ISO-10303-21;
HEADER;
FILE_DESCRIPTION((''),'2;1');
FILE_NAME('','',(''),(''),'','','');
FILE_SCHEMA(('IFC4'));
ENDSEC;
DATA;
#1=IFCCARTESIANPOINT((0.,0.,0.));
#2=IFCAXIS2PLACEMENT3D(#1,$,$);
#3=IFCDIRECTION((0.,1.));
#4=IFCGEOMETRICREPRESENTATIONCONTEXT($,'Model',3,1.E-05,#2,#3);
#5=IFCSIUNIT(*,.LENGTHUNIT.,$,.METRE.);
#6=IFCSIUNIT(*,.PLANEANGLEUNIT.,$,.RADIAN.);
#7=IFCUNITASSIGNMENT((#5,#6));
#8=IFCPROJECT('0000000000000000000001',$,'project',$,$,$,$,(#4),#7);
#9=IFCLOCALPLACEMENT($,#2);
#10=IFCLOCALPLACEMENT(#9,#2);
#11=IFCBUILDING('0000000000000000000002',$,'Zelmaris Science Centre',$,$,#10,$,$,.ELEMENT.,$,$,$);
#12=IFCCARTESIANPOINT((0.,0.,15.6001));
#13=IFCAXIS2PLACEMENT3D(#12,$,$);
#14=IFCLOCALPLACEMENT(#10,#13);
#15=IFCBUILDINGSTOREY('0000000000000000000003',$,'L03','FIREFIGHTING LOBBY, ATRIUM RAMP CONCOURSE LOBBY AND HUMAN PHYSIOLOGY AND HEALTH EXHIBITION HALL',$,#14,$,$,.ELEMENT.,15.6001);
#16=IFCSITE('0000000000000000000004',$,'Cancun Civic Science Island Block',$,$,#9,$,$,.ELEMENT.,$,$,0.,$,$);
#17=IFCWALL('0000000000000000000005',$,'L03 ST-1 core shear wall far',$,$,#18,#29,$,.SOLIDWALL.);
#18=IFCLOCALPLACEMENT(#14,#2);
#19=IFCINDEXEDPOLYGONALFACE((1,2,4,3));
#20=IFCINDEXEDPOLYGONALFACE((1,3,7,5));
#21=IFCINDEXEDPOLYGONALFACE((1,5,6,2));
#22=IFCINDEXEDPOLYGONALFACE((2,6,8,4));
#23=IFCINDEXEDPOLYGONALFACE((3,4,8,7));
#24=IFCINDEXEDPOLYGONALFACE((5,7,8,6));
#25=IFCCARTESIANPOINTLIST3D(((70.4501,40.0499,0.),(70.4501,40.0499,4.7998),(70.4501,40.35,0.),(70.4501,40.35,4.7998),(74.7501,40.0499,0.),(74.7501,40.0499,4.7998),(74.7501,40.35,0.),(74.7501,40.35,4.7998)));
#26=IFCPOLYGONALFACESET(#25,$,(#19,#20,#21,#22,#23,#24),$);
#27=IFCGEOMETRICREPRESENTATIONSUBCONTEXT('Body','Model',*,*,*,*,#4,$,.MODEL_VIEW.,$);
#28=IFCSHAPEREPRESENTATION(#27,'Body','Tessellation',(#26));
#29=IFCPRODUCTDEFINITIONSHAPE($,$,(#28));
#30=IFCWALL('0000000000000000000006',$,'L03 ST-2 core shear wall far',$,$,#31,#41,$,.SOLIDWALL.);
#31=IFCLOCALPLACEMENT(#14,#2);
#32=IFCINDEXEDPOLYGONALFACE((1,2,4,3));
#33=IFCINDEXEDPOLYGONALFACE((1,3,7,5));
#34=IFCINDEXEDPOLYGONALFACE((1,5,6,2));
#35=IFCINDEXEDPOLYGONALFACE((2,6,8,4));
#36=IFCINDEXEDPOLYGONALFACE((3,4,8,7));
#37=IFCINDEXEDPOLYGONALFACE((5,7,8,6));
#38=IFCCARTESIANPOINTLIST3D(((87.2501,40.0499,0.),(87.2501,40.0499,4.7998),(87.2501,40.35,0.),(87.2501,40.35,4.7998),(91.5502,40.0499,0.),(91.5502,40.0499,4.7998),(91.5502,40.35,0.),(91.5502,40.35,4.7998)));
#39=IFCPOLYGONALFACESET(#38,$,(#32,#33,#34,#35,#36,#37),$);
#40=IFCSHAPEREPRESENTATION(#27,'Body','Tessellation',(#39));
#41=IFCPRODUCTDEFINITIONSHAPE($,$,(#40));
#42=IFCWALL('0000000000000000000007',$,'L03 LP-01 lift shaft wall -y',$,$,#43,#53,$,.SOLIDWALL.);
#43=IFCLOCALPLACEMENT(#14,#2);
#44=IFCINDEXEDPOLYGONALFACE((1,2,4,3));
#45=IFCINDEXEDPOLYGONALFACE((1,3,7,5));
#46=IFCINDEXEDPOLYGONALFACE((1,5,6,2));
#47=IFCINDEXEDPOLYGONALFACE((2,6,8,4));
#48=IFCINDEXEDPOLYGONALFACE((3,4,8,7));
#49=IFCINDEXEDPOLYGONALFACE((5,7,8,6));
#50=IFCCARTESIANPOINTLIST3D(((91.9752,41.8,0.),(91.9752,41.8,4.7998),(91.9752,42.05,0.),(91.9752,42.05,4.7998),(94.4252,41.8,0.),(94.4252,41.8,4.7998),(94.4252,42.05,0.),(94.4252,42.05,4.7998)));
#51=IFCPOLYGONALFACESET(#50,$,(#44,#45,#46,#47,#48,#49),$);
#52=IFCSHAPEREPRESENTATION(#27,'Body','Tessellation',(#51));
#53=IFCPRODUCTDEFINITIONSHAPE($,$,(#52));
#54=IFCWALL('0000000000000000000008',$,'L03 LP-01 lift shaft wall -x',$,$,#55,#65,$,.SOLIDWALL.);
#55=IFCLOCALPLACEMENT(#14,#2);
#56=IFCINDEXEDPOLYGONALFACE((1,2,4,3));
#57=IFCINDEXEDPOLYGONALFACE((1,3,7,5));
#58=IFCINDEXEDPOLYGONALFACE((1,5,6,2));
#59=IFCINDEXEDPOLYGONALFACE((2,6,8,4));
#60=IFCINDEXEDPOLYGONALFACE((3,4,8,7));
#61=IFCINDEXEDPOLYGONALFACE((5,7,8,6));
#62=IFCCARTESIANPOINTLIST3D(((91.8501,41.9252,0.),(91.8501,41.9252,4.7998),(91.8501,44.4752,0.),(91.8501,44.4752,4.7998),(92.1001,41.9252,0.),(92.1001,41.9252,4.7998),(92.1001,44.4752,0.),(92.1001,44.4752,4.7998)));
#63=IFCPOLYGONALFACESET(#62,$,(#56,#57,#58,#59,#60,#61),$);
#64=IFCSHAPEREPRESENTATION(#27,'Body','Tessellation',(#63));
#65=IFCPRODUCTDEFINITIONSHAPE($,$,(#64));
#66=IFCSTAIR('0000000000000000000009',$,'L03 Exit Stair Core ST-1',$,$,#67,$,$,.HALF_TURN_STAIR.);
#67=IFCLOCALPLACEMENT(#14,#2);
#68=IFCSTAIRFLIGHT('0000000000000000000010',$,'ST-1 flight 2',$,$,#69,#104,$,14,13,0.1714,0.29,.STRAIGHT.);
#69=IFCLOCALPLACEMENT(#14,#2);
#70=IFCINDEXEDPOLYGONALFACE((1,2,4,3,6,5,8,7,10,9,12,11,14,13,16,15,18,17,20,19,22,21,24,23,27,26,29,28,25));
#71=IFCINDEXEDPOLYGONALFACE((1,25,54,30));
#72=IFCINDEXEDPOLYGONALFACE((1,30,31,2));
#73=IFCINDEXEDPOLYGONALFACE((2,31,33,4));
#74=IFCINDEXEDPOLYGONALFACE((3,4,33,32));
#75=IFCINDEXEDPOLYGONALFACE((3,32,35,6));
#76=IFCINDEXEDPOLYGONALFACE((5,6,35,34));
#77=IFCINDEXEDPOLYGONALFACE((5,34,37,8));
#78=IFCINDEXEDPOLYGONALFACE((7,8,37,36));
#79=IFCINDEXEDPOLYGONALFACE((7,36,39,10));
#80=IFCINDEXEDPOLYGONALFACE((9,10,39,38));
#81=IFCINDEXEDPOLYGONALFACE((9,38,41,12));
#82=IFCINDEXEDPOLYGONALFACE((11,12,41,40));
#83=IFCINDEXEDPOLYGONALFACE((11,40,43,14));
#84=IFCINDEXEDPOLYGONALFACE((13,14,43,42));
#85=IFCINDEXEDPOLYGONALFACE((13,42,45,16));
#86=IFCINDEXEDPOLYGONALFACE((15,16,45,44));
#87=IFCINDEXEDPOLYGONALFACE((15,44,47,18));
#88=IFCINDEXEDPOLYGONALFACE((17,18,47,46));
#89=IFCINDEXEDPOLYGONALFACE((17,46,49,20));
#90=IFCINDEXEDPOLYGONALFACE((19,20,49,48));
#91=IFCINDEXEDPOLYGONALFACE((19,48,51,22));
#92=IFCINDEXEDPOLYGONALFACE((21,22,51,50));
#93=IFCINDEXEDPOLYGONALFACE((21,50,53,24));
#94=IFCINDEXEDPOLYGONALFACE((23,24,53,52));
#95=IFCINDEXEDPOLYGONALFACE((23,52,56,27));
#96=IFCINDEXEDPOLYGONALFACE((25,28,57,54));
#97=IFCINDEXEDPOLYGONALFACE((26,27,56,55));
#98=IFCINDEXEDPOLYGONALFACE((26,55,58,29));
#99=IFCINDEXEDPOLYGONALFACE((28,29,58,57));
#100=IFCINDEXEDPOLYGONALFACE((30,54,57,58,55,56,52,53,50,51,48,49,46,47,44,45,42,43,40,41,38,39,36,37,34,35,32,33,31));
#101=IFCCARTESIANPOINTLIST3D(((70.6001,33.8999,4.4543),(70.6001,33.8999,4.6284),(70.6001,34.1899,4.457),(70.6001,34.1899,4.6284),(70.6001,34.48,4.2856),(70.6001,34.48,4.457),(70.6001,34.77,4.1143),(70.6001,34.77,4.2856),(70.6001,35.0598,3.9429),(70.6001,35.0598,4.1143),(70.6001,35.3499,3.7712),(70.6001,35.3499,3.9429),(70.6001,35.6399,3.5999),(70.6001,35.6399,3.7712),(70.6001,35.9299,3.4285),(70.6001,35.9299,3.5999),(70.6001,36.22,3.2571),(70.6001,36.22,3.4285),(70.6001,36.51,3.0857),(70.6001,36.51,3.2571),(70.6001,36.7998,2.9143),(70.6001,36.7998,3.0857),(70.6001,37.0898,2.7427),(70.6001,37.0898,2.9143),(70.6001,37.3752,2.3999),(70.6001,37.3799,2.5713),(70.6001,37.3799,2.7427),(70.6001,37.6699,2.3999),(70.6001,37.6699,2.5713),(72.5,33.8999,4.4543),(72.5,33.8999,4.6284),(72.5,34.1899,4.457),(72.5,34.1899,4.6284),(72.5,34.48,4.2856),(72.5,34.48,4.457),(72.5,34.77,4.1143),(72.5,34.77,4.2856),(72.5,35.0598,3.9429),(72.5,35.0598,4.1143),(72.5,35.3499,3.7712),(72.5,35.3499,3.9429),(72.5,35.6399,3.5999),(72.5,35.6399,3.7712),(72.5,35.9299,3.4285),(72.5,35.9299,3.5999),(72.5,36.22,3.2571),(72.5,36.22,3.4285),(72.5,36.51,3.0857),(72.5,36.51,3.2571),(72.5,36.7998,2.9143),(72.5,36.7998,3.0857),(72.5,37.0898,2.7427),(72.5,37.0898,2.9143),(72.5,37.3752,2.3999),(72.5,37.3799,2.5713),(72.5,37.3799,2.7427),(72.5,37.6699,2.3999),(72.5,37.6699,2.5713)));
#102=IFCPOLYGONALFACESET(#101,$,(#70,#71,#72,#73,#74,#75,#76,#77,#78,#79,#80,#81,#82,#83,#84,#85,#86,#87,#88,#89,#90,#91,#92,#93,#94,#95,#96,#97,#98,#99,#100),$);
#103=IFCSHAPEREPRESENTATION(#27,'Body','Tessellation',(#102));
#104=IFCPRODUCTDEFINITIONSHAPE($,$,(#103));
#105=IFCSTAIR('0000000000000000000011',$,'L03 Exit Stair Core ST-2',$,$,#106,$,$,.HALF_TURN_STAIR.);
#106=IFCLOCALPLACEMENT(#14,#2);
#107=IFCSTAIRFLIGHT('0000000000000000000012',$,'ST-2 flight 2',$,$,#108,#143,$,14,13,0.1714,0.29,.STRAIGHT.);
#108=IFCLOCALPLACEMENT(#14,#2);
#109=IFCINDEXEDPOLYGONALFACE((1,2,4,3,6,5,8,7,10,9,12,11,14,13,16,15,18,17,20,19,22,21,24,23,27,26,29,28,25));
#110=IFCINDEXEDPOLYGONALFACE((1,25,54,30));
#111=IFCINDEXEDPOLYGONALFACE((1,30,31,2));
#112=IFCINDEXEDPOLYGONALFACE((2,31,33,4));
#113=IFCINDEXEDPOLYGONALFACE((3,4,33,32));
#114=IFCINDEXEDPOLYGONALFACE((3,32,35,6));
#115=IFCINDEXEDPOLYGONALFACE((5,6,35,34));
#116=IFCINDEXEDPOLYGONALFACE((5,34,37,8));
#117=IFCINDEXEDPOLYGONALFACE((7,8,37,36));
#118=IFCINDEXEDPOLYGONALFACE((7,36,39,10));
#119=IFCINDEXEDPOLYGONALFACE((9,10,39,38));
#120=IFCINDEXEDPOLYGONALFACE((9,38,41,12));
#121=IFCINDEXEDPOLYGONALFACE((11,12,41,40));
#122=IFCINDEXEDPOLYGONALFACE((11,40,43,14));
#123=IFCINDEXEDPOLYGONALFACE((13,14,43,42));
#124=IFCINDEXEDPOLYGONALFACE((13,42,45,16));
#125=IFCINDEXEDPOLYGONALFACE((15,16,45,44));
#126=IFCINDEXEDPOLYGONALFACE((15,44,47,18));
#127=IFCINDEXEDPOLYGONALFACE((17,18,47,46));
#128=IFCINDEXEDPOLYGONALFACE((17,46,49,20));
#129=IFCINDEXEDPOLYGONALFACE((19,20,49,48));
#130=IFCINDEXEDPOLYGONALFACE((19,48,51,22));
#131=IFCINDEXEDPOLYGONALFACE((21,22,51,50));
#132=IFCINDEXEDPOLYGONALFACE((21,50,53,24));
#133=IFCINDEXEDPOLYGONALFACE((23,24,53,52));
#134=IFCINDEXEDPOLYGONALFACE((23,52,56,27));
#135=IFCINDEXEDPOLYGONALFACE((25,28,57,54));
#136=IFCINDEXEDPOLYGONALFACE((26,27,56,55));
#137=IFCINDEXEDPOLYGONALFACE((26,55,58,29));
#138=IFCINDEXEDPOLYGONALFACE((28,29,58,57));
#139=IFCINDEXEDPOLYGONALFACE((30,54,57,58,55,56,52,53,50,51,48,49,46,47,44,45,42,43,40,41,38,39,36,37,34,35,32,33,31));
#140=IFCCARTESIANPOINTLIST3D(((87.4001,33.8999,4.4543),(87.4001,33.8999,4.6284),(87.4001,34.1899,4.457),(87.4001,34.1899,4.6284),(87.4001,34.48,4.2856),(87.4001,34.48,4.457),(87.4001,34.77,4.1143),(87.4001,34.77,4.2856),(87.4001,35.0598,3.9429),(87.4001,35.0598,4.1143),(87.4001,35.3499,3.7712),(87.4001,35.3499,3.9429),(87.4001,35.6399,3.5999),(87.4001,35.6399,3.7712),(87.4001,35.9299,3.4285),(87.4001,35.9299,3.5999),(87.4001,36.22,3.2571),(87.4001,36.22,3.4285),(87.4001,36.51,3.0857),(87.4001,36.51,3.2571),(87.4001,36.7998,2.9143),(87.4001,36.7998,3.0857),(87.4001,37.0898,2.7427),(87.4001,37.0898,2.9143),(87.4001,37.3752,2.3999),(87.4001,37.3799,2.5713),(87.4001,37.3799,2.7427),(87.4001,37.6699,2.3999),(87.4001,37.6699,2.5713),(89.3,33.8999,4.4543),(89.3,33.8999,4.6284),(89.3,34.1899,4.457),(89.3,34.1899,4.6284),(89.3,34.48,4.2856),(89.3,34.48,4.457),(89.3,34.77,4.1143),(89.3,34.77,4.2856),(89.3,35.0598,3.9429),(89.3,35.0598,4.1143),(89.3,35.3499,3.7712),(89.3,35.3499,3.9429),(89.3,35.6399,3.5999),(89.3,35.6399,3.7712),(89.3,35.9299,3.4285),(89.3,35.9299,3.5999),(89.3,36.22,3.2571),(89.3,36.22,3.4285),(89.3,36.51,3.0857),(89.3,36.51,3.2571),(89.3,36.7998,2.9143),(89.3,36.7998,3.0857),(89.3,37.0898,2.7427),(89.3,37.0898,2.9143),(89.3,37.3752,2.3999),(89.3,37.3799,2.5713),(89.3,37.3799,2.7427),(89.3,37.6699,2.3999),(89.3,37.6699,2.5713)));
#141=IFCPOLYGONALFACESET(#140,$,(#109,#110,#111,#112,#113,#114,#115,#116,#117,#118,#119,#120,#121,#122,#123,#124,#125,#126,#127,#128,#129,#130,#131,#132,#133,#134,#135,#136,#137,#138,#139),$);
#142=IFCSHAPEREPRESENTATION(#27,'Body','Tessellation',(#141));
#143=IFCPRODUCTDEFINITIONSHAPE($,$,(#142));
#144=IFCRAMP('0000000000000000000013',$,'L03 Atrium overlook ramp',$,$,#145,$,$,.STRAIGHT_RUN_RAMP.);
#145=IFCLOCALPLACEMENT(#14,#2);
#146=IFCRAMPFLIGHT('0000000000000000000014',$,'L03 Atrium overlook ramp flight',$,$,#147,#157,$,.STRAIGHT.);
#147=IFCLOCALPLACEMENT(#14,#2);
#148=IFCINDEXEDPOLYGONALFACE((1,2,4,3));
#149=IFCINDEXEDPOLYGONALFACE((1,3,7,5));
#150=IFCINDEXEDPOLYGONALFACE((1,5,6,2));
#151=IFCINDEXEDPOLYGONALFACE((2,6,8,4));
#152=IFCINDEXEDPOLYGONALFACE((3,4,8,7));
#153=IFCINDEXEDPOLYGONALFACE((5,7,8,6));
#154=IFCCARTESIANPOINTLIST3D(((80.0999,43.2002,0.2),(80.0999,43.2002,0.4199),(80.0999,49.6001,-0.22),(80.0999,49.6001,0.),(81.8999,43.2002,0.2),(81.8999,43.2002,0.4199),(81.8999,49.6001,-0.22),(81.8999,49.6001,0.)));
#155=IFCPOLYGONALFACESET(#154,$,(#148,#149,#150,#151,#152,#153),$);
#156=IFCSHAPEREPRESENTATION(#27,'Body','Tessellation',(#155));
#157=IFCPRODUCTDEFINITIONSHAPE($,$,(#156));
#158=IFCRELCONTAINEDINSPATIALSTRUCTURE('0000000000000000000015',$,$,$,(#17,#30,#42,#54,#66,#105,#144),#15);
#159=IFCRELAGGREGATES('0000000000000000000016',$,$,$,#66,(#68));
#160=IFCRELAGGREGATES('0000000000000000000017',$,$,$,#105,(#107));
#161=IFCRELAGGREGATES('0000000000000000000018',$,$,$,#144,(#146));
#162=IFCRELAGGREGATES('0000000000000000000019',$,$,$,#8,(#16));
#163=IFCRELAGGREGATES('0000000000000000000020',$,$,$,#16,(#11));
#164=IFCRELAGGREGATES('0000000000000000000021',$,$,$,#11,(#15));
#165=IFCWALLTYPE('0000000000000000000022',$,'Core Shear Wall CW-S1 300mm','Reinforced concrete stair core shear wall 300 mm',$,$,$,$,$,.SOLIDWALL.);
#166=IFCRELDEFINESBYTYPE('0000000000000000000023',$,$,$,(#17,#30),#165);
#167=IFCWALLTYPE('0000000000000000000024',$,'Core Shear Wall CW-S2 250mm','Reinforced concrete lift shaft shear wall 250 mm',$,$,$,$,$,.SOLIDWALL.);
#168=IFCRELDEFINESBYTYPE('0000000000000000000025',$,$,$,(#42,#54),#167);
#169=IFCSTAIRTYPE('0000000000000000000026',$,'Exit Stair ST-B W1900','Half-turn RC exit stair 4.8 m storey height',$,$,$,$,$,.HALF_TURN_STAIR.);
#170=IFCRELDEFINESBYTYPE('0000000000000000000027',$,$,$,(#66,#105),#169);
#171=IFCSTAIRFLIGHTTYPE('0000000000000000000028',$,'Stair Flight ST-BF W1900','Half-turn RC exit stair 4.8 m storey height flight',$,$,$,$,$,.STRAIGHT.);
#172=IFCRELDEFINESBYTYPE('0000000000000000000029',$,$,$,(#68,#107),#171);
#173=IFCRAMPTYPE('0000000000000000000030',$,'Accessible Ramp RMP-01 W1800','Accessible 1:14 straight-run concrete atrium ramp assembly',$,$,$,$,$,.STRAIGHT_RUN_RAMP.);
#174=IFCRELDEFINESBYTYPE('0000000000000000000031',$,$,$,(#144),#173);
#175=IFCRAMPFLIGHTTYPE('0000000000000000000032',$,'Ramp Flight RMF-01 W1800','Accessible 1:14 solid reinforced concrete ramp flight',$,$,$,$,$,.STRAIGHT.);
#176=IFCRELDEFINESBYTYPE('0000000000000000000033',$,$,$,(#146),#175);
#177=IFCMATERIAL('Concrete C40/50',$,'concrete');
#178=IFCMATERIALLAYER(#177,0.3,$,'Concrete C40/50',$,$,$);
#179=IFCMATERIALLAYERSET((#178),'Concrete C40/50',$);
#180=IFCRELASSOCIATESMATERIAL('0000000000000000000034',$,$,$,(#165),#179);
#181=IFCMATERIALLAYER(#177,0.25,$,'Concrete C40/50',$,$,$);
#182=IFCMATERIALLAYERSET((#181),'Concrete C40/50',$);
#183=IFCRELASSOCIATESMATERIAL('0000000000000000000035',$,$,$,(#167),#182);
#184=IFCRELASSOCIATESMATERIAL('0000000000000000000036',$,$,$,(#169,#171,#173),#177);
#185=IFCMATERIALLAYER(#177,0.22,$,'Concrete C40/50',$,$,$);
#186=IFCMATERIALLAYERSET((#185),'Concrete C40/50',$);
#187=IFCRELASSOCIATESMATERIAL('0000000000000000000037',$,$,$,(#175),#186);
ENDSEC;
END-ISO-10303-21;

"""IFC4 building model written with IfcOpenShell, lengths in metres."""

from ifc_helpers import new_model, si_unit, direction, frame, frame_2d, origin, place, context, subcontext, project, spatial, polyline, rectangle, outline, extrude, material, layer, layer_set, type_object, element, aggregate, save


model = new_model("IFC4")

# Units and contexts
model_context = context("Model", 3, precision=1e-05, world=origin(), true_north=direction((0.0, 1.0)))
body_context = subcontext(model_context, "Body", "Model", "MODEL_VIEW")
ifc_project = project(units=[si_unit("LENGTHUNIT", "METRE"), si_unit("PLANEANGLEUNIT", "RADIAN")], contexts=[model_context])

# Site, building, storey
site_placement = place(None, origin())
site = spatial("IfcSite", under=ifc_project, at=site_placement, Name="Cancun Civic Science Island Block", CompositionType="ELEMENT", RefElevation=0.0)
building_placement = place(site_placement, origin())
building = spatial("IfcBuilding", under=site, at=building_placement, Name="Zelmaris Science Centre", CompositionType="ELEMENT")
storey_placement = place(building_placement, frame((0.0, 0.0, 15.6001)))
storey = spatial("IfcBuildingStorey", under=building, at=storey_placement, Name="L03", Description="FIREFIGHTING LOBBY, ATRIUM RAMP CONCOURSE LOBBY AND HUMAN PHYSIOLOGY AND HEALTH EXHIBITION HALL", CompositionType="ELEMENT", Elevation=15.6001)

# Walls
ifc_material_1 = material(Name="Concrete C40/50", Category="concrete")
ifc_layer_1 = layer(ifc_material_1, 0.3, Name="Concrete C40/50")
ifc_layer_set_1 = layer_set([ifc_layer_1], Name="Concrete C40/50")
wall_type_1 = type_object("IfcWallType", Name="Core Shear Wall CW-S1 300mm", Description="Reinforced concrete stair core shear wall 300 mm", PredefinedType="SOLIDWALL", material=ifc_layer_set_1)
for number, where, z_axis, x_axis, name in (
    (1, (74.75, 40.2, 0.0), (0.0, 0.0, 1.0), (-1.0, 0.0, 0.0), "L03 ST-1 core shear wall far"),
    (2, (91.55, 40.2, 0.0), (0.0, 0.0, 1.0), (-1.0, 0.0, 0.0), "L03 ST-2 core shear wall far"),
):
    element("IfcWall", number, at=place(storey_placement, frame(where, z_axis=z_axis, x_axis=x_axis)), inside=storey, type_object=wall_type_1, Name=name, PredefinedType="SOLIDWALL", context=body_context, shape_type="SweptSolid", body=[
        extrude(rectangle(XDim=4.3, YDim=0.3, at=frame_2d((2.1499, 0.0))), origin(), (0.0, 0.0, 1.0), 4.7998),
    ])
ifc_layer_2 = layer(ifc_material_1, 0.25, Name="Concrete C40/50")
ifc_layer_set_2 = layer_set([ifc_layer_2], Name="Concrete C40/50")
wall_type_2 = type_object("IfcWallType", Name="Core Shear Wall CW-S2 250mm", Description="Reinforced concrete lift shaft shear wall 250 mm", PredefinedType="SOLIDWALL", material=ifc_layer_set_2)
wall_1_placement = place(storey_placement, frame((91.9751, 41.925, 0.0), z_axis=(0.0, 0.0, 1.0), x_axis=(1.0, 0.0, 0.0)))
element("IfcWall", 3, at=wall_1_placement, inside=storey, type_object=wall_type_2, Name="L03 LP-01 lift shaft wall -y", PredefinedType="SOLIDWALL", context=body_context, shape_type="SweptSolid", body=[
    extrude(rectangle(XDim=2.45, YDim=0.25, at=frame_2d((1.2251, 0.0))), origin(), (0.0, 0.0, 1.0), 4.7998),
])
wall_2_placement = place(storey_placement, frame((91.9751, 44.4751, 0.0), z_axis=(0.0, 0.0, 1.0), x_axis=(0.0, -1.0, 0.0)))
element("IfcWall", 4, at=wall_2_placement, inside=storey, type_object=wall_type_2, Name="L03 LP-01 lift shaft wall -x", PredefinedType="SOLIDWALL", context=body_context, shape_type="SweptSolid", body=[
    extrude(rectangle(XDim=2.55, YDim=0.25, at=frame_2d((1.2749, 0.0))), origin(), (0.0, 0.0, 1.0), 4.7998),
])

# Stairs, stair flights
stair_type = type_object("IfcStairType", Name="Exit Stair ST-B W1900", Description="Half-turn RC exit stair 4.8 m storey height", PredefinedType="HALF_TURN_STAIR", material=ifc_material_1)
stair_1_placement = place(storey_placement, origin())
stair_1 = element("IfcStair", 5, at=stair_1_placement, inside=storey, type_object=stair_type, Name="L03 Exit Stair Core ST-1", PredefinedType="HALF_TURN_STAIR")
stair_flight_type = type_object("IfcStairFlightType", Name="Stair Flight ST-BF W1900", Description="Half-turn RC exit stair 4.8 m storey height flight", PredefinedType="STRAIGHT", material=ifc_material_1)
stair_flight_1_placement = place(storey_placement, frame((71.55, 37.6699, 2.3999), z_axis=(0.0, 0.0, 1.0), x_axis=(0.0, -1.0, 0.0)))
stair_flight_1 = element("IfcStairFlight", 6, at=stair_flight_1_placement, type_object=stair_flight_type, Name="ST-1 flight 2", NumberOfRisers=14, NumberOfTreads=13, PredefinedType="STRAIGHT", RiserHeight=0.1714, TreadLength=0.29, context=body_context, shape_type="SweptSolid", body=[
    extrude(outline(polyline([(0.0, 0.0), (0.0, 0.1714), (0.29, 0.1714), (0.29, 0.3428), (0.5801, 0.3428), (0.5801, 0.5144), (0.8701, 0.5144), (0.8701, 0.6858), (1.1599, 0.6858), (1.1599, 0.8572), (1.45, 0.8572), (1.45, 1.0286), (1.74, 1.0286), (1.74, 1.2), (2.03, 1.2), (2.03, 1.3713), (2.3201, 1.3713), (2.3201, 1.543), (2.6101, 1.543), (2.6101, 1.7144), (2.8999, 1.7144), (2.8999, 1.8857), (3.1899, 1.8857), (3.1899, 2.0571), (3.48, 2.0571), (3.48, 2.2285), (3.77, 2.2285), (3.77, 2.3999), (3.77, 2.0544), (0.2947, 0.0), (0.0, 0.0)])), frame((0.0, 0.95, 0.0), z_axis=(0.0, -1.0, 0.0), x_axis=(1.0, 0.0, 0.0)), (0.0, 0.0, 1.0), 1.8999),
])
aggregate(stair_1, [stair_flight_1])
stair_2_placement = place(storey_placement, origin())
stair_2 = element("IfcStair", 7, at=stair_2_placement, inside=storey, type_object=stair_type, Name="L03 Exit Stair Core ST-2", PredefinedType="HALF_TURN_STAIR")
stair_flight_2_placement = place(storey_placement, frame((88.3501, 37.6699, 2.3999), z_axis=(0.0, 0.0, 1.0), x_axis=(0.0, -1.0, 0.0)))
stair_flight_2 = element("IfcStairFlight", 8, at=stair_flight_2_placement, type_object=stair_flight_type, Name="ST-2 flight 2", NumberOfRisers=14, NumberOfTreads=13, PredefinedType="STRAIGHT", RiserHeight=0.1714, TreadLength=0.29, context=body_context, shape_type="SweptSolid", body=[
    extrude(outline(polyline([(0.0, 0.0), (0.0, 0.1714), (0.29, 0.1714), (0.29, 0.3428), (0.5801, 0.3428), (0.5801, 0.5144), (0.8701, 0.5144), (0.8701, 0.6858), (1.1599, 0.6858), (1.1599, 0.8572), (1.45, 0.8572), (1.45, 1.0286), (1.74, 1.0286), (1.74, 1.2), (2.03, 1.2), (2.03, 1.3713), (2.3201, 1.3713), (2.3201, 1.543), (2.6101, 1.543), (2.6101, 1.7144), (2.8999, 1.7144), (2.8999, 1.8857), (3.1899, 1.8857), (3.1899, 2.0571), (3.48, 2.0571), (3.48, 2.2285), (3.77, 2.2285), (3.77, 2.3999), (3.77, 2.0544), (0.2947, 0.0), (0.0, 0.0)])), frame((0.0, 0.95, 0.0), z_axis=(0.0, -1.0, 0.0), x_axis=(1.0, 0.0, 0.0)), (0.0, 0.0, 1.0), 1.8999),
])
aggregate(stair_2, [stair_flight_2])

# Ramp, ramp flight
ramp_type = type_object("IfcRampType", Name="Accessible Ramp RMP-01 W1800", Description="Accessible 1:14 straight-run concrete atrium ramp assembly", PredefinedType="STRAIGHT_RUN_RAMP", material=ifc_material_1)
ramp_placement = place(storey_placement, origin())
ramp = element("IfcRamp", 9, at=ramp_placement, inside=storey, type_object=ramp_type, Name="L03 Atrium overlook ramp", PredefinedType="STRAIGHT_RUN_RAMP")
ifc_layer_3 = layer(ifc_material_1, 0.22, Name="Concrete C40/50")
ifc_layer_set_3 = layer_set([ifc_layer_3], Name="Concrete C40/50")
ramp_flight_type = type_object("IfcRampFlightType", Name="Ramp Flight RMF-01 W1800", Description="Accessible 1:14 solid reinforced concrete ramp flight", PredefinedType="STRAIGHT", material=ifc_layer_set_3)
ramp_flight_placement = place(storey_placement, frame((81.0, 49.6001, 0.0), z_axis=(0.0, 0.0, 1.0), x_axis=(0.0, -1.0, 0.0)))
ramp_flight = element("IfcRampFlight", 10, at=ramp_flight_placement, type_object=ramp_flight_type, Name="L03 Atrium overlook ramp flight", PredefinedType="STRAIGHT", context=body_context, shape_type="SweptSolid", body=[
    extrude(outline(polyline([(0.0, 0.0), (6.3999, 0.4199), (6.3999, 0.2), (0.0, -0.22), (0.0, 0.0)])), frame((0.0, 0.8999, 0.0), z_axis=(0.0, -1.0, 0.0), x_axis=(1.0, 0.0, 0.0)), (0.0, 0.0, 1.0), 1.8),
])
aggregate(ramp, [ramp_flight])

save(model, "model.ifc")
